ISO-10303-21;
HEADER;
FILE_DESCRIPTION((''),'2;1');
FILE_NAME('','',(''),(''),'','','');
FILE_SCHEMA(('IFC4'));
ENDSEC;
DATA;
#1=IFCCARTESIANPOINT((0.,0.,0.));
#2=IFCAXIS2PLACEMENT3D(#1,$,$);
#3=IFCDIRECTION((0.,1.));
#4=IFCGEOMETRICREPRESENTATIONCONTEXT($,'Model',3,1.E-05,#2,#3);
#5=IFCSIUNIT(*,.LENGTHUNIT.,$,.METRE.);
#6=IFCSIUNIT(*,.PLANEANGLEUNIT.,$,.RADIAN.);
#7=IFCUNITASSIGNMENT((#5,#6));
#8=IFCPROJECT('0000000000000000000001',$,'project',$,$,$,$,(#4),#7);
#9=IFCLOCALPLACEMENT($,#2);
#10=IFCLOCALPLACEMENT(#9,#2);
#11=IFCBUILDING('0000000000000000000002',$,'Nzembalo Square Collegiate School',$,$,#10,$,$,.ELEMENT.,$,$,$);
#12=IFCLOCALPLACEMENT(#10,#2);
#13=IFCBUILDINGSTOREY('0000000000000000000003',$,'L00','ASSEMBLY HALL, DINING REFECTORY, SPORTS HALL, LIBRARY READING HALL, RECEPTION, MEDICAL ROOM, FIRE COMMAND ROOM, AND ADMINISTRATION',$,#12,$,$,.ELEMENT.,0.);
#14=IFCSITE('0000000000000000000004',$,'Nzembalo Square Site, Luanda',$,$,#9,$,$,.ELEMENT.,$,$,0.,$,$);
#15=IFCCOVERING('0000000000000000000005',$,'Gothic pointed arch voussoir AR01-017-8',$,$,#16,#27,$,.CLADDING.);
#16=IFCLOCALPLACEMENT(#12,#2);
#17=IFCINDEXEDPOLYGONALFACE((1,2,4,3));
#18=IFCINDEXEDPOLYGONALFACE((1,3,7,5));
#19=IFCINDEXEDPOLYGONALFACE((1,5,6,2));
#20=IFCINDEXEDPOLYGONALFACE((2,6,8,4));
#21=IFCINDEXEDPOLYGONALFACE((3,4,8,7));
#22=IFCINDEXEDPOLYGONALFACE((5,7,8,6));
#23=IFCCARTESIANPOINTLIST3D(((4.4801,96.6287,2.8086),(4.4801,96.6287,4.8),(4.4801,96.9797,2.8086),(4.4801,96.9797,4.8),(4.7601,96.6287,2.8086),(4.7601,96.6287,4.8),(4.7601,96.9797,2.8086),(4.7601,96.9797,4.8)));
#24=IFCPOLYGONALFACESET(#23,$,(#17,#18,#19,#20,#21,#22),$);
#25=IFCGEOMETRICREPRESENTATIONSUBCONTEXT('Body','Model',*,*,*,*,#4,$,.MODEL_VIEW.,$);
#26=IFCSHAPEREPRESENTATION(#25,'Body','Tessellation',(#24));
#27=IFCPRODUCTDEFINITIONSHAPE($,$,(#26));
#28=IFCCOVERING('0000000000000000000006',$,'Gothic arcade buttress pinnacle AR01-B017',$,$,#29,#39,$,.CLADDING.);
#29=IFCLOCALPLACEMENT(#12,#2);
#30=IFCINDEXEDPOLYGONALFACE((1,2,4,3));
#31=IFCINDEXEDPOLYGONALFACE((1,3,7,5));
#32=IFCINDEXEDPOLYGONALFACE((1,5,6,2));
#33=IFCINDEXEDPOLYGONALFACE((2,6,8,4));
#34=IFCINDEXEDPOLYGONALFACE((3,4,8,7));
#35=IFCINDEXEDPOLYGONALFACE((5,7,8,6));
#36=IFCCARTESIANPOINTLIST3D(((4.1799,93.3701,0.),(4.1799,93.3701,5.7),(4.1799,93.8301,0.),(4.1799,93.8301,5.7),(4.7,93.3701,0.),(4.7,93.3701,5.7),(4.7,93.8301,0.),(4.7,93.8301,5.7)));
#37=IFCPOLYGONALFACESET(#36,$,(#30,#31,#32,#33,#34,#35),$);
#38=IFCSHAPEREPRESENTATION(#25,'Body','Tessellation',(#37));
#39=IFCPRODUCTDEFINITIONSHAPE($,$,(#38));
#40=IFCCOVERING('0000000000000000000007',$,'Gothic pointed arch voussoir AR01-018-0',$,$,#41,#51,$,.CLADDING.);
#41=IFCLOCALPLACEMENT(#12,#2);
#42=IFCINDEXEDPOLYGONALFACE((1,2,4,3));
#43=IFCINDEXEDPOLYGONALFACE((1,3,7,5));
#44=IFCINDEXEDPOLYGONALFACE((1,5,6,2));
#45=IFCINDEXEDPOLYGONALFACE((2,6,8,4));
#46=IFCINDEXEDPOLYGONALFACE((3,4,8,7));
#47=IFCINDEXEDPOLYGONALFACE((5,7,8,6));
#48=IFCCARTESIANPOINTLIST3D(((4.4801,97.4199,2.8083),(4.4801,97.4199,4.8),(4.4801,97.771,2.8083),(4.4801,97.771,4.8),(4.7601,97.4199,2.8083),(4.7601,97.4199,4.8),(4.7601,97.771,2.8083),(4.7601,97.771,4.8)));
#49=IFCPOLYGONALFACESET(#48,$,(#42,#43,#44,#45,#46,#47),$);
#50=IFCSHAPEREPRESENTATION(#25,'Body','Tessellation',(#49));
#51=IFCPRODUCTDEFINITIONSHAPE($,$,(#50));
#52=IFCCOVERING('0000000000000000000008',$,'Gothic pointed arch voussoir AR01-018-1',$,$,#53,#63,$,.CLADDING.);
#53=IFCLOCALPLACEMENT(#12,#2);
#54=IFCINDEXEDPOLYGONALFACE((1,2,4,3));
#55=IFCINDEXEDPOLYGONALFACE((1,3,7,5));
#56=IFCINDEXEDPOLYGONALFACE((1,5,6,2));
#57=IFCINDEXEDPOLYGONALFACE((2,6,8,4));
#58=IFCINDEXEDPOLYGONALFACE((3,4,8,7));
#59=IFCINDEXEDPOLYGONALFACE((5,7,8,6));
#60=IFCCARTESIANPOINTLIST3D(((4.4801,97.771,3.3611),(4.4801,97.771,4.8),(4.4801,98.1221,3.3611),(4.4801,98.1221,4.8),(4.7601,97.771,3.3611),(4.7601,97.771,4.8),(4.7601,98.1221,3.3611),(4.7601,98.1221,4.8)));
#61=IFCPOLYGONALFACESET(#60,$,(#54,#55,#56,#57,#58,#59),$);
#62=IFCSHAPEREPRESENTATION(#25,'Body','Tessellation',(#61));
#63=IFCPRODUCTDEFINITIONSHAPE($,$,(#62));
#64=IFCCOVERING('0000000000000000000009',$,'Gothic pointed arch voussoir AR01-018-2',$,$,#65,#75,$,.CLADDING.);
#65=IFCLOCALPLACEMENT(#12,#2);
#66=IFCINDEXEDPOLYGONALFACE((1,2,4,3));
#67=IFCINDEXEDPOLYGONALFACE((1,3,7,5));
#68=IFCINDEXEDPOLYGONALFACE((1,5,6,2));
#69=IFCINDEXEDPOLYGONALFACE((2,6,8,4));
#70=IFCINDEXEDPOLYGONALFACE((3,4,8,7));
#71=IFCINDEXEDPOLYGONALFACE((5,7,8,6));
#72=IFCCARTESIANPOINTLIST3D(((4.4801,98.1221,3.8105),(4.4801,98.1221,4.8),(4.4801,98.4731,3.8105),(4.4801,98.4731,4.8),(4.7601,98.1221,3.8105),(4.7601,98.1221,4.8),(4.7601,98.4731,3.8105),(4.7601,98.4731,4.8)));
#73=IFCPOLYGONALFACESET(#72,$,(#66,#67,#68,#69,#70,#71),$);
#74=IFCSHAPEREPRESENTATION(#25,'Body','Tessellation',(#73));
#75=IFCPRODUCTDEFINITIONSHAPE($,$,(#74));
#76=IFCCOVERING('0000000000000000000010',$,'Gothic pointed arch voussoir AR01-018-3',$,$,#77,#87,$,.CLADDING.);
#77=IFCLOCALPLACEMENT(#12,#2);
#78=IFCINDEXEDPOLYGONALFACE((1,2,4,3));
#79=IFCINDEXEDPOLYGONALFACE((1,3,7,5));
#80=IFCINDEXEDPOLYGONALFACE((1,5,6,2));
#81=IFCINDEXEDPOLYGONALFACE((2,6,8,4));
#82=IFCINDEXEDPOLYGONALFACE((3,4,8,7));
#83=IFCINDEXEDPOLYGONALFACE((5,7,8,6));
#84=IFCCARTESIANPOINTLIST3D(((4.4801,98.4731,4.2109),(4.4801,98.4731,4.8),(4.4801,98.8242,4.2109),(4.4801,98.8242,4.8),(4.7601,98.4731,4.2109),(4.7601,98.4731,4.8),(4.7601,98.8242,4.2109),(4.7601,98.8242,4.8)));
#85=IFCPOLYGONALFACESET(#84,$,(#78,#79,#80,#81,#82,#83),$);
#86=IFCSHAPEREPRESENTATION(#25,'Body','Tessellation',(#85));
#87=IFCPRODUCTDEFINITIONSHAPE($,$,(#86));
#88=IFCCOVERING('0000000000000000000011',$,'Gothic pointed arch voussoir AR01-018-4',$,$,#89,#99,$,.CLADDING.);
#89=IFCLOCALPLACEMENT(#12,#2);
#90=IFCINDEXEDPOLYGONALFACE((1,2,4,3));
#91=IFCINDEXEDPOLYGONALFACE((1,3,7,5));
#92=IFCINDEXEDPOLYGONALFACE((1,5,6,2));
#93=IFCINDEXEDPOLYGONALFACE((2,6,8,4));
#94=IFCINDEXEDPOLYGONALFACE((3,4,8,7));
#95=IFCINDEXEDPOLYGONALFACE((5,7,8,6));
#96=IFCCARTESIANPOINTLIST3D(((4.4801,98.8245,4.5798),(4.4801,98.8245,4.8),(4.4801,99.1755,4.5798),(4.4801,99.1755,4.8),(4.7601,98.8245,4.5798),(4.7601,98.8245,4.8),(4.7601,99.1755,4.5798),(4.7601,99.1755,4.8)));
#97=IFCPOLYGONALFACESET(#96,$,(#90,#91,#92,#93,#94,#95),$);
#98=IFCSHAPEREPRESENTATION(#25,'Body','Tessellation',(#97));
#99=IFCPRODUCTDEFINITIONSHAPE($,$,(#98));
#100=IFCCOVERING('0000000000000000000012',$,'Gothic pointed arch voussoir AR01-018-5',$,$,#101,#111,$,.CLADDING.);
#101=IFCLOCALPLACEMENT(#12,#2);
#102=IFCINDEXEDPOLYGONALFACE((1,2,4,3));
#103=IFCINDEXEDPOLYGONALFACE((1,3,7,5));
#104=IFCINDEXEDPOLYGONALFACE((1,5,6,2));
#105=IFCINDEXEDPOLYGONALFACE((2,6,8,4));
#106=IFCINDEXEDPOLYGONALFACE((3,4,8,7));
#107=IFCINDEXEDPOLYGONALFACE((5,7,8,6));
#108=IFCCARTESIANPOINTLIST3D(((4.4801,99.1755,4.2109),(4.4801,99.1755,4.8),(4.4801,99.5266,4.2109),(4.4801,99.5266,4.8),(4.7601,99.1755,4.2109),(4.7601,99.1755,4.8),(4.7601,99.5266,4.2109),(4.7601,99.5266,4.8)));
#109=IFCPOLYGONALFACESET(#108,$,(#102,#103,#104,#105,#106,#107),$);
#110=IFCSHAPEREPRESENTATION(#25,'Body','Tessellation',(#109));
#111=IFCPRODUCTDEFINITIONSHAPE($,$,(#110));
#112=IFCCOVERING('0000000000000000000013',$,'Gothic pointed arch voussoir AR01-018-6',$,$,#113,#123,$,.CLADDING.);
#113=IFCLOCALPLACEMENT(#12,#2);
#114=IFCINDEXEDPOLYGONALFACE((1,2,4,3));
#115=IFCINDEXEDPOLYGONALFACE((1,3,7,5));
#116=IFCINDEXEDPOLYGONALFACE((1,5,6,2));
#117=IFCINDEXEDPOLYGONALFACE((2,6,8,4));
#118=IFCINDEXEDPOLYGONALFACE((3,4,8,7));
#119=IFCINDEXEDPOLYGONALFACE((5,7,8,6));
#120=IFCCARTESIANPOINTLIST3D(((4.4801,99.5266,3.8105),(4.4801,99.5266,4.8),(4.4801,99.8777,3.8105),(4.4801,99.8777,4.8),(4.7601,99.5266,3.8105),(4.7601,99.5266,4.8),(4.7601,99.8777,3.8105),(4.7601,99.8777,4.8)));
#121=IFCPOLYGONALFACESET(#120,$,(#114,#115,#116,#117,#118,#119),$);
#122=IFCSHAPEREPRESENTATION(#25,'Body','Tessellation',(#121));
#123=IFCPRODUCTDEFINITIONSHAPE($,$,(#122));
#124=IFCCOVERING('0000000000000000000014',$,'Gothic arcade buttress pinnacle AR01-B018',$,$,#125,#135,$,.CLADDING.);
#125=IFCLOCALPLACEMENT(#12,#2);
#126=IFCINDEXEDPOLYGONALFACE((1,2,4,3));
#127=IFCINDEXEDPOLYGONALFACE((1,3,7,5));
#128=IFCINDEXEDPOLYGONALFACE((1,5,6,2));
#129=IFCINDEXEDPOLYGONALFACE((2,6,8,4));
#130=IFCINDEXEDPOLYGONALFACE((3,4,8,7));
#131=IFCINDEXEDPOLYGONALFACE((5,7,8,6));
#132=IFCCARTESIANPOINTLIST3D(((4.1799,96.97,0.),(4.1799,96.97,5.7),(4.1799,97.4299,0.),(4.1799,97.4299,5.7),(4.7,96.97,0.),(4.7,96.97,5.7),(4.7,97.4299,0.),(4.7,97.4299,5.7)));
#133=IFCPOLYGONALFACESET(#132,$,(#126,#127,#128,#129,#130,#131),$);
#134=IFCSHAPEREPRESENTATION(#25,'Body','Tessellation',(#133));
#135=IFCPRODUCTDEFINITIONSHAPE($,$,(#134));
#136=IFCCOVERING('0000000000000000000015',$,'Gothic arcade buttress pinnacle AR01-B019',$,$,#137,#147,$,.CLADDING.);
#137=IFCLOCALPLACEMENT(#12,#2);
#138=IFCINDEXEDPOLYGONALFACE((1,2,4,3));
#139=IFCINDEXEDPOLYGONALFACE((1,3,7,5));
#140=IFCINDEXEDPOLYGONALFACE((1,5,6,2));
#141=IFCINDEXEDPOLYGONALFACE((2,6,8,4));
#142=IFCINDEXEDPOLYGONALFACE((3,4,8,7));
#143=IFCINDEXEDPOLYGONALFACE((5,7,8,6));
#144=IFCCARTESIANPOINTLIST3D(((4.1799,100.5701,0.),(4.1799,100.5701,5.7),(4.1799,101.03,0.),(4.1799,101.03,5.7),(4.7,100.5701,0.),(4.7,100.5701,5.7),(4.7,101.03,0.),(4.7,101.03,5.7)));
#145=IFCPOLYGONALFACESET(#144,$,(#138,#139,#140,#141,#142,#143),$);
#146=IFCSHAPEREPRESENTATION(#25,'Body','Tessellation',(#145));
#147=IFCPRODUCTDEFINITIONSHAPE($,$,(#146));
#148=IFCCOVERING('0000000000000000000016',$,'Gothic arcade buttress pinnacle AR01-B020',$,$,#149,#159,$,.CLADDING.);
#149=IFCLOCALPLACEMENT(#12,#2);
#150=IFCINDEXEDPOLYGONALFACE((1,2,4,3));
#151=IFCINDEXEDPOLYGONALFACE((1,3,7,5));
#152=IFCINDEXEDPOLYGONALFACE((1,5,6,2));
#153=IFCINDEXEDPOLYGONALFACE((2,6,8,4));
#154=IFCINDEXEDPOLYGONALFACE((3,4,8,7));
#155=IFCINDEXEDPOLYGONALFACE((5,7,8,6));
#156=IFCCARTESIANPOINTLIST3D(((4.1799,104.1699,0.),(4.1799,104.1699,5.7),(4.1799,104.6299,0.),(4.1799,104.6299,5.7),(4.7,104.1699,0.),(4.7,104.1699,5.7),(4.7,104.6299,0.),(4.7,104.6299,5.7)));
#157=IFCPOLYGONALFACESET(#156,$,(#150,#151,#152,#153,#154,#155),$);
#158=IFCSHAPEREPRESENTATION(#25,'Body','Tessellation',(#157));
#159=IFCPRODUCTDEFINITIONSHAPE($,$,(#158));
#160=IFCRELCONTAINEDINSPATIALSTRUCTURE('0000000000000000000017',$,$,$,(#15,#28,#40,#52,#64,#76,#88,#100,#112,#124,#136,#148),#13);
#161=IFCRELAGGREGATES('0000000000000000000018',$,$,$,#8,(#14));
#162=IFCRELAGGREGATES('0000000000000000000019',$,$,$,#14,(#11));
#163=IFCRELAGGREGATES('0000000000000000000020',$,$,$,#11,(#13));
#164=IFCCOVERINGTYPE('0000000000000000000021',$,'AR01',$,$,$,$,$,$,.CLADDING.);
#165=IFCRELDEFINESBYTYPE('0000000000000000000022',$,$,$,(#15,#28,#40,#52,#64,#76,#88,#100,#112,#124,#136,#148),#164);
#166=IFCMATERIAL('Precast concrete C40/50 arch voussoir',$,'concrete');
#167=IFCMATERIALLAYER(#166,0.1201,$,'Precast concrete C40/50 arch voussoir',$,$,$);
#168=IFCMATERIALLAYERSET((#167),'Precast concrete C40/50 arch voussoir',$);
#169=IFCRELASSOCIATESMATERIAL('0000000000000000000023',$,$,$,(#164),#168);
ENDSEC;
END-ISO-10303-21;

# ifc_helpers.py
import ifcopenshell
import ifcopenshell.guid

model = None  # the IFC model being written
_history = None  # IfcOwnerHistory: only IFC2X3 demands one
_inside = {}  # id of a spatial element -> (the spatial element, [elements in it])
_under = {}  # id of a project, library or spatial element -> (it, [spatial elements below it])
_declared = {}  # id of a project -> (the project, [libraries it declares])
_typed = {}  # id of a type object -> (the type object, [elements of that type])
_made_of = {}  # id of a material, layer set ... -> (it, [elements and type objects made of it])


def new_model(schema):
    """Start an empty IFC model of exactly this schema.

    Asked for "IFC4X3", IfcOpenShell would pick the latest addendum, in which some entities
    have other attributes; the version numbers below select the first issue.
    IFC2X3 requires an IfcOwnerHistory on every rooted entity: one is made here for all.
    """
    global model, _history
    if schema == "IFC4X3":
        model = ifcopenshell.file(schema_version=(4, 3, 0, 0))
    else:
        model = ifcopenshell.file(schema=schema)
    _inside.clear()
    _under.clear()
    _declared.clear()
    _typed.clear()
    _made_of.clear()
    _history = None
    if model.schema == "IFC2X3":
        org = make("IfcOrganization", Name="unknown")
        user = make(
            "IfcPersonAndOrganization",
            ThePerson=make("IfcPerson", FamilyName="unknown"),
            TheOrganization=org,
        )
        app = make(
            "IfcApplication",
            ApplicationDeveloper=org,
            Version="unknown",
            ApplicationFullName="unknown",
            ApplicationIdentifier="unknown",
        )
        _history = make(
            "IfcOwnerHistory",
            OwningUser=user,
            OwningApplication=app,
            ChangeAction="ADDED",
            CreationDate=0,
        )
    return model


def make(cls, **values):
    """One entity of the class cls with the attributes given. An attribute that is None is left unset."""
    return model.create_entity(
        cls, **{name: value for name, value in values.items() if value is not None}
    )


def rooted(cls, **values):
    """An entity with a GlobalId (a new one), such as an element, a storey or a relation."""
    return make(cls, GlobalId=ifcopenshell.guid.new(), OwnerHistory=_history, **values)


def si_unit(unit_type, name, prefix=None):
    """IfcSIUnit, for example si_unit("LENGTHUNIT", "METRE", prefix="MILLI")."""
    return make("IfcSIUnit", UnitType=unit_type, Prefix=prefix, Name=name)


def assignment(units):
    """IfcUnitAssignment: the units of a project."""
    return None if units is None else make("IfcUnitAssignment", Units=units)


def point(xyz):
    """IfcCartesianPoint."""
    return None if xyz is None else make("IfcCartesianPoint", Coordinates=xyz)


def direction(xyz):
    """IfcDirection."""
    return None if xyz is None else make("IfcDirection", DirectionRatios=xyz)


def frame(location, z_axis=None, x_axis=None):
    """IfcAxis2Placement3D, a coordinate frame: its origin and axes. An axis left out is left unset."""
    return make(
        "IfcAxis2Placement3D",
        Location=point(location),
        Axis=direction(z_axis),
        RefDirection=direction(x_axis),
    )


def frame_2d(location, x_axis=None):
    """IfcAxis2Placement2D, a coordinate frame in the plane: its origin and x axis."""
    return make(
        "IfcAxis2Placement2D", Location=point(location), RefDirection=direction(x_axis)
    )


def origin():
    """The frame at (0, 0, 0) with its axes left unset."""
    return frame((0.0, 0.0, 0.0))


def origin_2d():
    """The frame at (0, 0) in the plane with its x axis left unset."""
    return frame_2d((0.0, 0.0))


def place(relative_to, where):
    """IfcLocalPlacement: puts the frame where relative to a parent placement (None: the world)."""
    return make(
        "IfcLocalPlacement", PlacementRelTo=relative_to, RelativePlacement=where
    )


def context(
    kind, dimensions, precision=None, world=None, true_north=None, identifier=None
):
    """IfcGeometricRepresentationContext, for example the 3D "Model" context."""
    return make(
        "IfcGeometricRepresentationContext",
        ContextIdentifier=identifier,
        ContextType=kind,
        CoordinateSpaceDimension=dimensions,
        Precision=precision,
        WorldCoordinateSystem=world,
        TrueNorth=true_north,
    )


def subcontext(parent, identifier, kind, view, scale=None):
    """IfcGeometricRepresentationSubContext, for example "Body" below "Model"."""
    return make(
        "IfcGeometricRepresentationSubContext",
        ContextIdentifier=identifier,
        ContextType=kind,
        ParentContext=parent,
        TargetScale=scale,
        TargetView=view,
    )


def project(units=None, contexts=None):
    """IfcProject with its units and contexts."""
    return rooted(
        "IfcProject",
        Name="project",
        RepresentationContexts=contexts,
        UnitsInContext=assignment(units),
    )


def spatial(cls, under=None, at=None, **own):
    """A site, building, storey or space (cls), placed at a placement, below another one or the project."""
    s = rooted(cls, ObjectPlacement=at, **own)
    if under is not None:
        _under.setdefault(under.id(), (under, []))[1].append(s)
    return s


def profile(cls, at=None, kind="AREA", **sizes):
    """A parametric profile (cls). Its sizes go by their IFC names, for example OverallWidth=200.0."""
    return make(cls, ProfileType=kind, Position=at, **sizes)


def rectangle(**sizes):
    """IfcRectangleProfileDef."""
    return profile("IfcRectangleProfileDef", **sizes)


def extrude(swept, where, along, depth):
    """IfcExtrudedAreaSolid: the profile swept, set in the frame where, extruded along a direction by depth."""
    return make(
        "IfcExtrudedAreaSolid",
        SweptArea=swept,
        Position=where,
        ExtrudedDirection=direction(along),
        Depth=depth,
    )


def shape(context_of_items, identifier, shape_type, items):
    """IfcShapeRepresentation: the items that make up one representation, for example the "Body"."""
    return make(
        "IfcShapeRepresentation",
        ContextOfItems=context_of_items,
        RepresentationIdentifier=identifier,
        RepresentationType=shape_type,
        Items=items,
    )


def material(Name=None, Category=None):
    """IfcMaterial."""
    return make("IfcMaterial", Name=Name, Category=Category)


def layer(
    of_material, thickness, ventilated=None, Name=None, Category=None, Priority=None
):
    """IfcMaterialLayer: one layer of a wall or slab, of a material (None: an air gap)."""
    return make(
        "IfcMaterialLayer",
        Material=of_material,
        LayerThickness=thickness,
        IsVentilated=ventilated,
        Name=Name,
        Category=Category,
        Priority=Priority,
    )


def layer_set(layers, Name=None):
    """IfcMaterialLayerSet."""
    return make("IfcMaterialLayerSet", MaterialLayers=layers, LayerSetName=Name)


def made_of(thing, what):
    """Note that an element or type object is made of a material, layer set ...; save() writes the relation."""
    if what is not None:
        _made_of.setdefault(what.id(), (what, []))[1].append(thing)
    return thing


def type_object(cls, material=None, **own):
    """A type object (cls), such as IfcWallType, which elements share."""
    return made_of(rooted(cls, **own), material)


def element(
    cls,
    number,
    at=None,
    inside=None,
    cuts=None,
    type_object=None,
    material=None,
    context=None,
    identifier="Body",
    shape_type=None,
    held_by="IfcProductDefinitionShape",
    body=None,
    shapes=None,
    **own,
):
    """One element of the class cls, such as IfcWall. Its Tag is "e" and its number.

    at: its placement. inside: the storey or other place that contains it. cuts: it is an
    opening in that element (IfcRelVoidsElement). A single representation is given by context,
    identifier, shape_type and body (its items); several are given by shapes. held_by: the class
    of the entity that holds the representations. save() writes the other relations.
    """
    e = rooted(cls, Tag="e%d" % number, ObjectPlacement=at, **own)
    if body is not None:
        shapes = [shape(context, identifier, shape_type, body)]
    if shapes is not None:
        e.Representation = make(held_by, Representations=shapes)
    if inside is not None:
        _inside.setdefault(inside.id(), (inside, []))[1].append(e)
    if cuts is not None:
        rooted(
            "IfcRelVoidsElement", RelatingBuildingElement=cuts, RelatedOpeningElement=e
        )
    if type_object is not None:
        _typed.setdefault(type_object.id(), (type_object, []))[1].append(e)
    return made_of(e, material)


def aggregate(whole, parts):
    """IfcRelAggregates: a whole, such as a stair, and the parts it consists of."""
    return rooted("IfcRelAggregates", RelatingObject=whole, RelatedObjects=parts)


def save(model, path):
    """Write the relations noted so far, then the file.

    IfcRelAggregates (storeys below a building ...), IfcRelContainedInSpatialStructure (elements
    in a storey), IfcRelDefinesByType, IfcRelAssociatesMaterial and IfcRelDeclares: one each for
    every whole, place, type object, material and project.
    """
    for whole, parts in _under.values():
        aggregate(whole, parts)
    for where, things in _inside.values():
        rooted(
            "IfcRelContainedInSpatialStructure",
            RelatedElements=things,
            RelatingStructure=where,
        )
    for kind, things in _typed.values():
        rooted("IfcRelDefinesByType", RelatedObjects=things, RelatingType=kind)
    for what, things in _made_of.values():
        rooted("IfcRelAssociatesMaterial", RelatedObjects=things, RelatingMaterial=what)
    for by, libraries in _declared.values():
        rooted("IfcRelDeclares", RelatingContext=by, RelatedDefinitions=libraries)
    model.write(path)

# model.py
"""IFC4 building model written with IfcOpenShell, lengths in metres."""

from ifc_helpers import new_model, si_unit, direction, frame, origin, origin_2d, place, context, subcontext, project, spatial, rectangle, extrude, material, layer, layer_set, type_object, element, save


model = new_model("IFC4")

# Units and contexts
model_context = context("Model", 3, precision=1e-05, world=origin(), true_north=direction((0.0, 1.0)))
body_context = subcontext(model_context, "Body", "Model", "MODEL_VIEW")
ifc_project = project(units=[si_unit("LENGTHUNIT", "METRE"), si_unit("PLANEANGLEUNIT", "RADIAN")], contexts=[model_context])

# Site, building, storey
site_placement = place(None, origin())
site = spatial("IfcSite", under=ifc_project, at=site_placement, Name="Nzembalo Square Site, Luanda", CompositionType="ELEMENT", RefElevation=0.0)
building_placement = place(site_placement, origin())
building = spatial("IfcBuilding", under=site, at=building_placement, Name="Nzembalo Square Collegiate School", CompositionType="ELEMENT")
storey_placement = place(building_placement, origin())
storey = spatial("IfcBuildingStorey", under=building, at=storey_placement, Name="L00", Description="ASSEMBLY HALL, DINING REFECTORY, SPORTS HALL, LIBRARY READING HALL, RECEPTION, MEDICAL ROOM, FIRE COMMAND ROOM, AND ADMINISTRATION", CompositionType="ELEMENT", Elevation=0.0)

# Coverings
ifc_material_1 = material(Name="Precast concrete C40/50 arch voussoir", Category="concrete")
ifc_layer_1 = layer(ifc_material_1, 0.1201, Name="Precast concrete C40/50 arch voussoir")
ifc_layer_set_1 = layer_set([ifc_layer_1], Name="Precast concrete C40/50 arch voussoir")
covering_type = type_object("IfcCoveringType", Name="AR01", PredefinedType="CLADDING", material=ifc_layer_set_1)
covering_1_placement = place(storey_placement, frame((4.6201, 96.8042, 2.8086), z_axis=(0.0, 0.0, 1.0), x_axis=(1.0, 0.0, 0.0)))
element("IfcCovering", 1, at=covering_1_placement, inside=storey, type_object=covering_type, Name="Gothic pointed arch voussoir AR01-017-8", PredefinedType="CLADDING", context=body_context, shape_type="SweptSolid", body=[
    extrude(rectangle(XDim=0.28, YDim=0.3511, at=origin_2d()), origin(), (0.0, 0.0, 1.0), 1.9915),
])
covering_2_placement = place(storey_placement, frame((4.4399, 93.6001, 0.0), z_axis=(0.0, 0.0, 1.0), x_axis=(1.0, 0.0, 0.0)))
element("IfcCovering", 2, at=covering_2_placement, inside=storey, type_object=covering_type, Name="Gothic arcade buttress pinnacle AR01-B017", PredefinedType="CLADDING", context=body_context, shape_type="SweptSolid", body=[
    extrude(rectangle(XDim=0.52, YDim=0.46, at=origin_2d()), origin(), (0.0, 0.0, 1.0), 5.7),
])
covering_3_placement = place(storey_placement, frame((4.6201, 97.5955, 2.8083), z_axis=(0.0, 0.0, 1.0), x_axis=(1.0, 0.0, 0.0)))
element("IfcCovering", 3, at=covering_3_placement, inside=storey, type_object=covering_type, Name="Gothic pointed arch voussoir AR01-018-0", PredefinedType="CLADDING", context=body_context, shape_type="SweptSolid", body=[
    extrude(rectangle(XDim=0.28, YDim=0.3511, at=origin_2d()), origin(), (0.0, 0.0, 1.0), 1.9917),
])
covering_4_placement = place(storey_placement, frame((4.6201, 97.9465, 3.3611), z_axis=(0.0, 0.0, 1.0), x_axis=(1.0, 0.0, 0.0)))
element("IfcCovering", 4, at=covering_4_placement, inside=storey, type_object=covering_type, Name="Gothic pointed arch voussoir AR01-018-1", PredefinedType="CLADDING", context=body_context, shape_type="SweptSolid", body=[
    extrude(rectangle(XDim=0.28, YDim=0.3511, at=origin_2d()), origin(), (0.0, 0.0, 1.0), 1.439),
])
covering_5_placement = place(storey_placement, frame((4.6201, 98.2976, 3.8105), z_axis=(0.0, 0.0, 1.0), x_axis=(1.0, 0.0, 0.0)))
element("IfcCovering", 5, at=covering_5_placement, inside=storey, type_object=covering_type, Name="Gothic pointed arch voussoir AR01-018-2", PredefinedType="CLADDING", context=body_context, shape_type="SweptSolid", body=[
    extrude(rectangle(XDim=0.28, YDim=0.3511, at=origin_2d()), origin(), (0.0, 0.0, 1.0), 0.9895),
])
covering_6_placement = place(storey_placement, frame((4.6201, 98.6487, 4.2109), z_axis=(0.0, 0.0, 1.0), x_axis=(1.0, 0.0, 0.0)))
element("IfcCovering", 6, at=covering_6_placement, inside=storey, type_object=covering_type, Name="Gothic pointed arch voussoir AR01-018-3", PredefinedType="CLADDING", context=body_context, shape_type="SweptSolid", body=[
    extrude(rectangle(XDim=0.28, YDim=0.3511, at=origin_2d()), origin(), (0.0, 0.0, 1.0), 0.5891),
])
covering_7_placement = place(storey_placement, frame((4.6201, 99.0, 4.5798), z_axis=(0.0, 0.0, 1.0), x_axis=(1.0, 0.0, 0.0)))
element("IfcCovering", 7, at=covering_7_placement, inside=storey, type_object=covering_type, Name="Gothic pointed arch voussoir AR01-018-4", PredefinedType="CLADDING", context=body_context, shape_type="SweptSolid", body=[
    extrude(rectangle(XDim=0.28, YDim=0.3511, at=origin_2d()), origin(), (0.0, 0.0, 1.0), 0.2202),
])
covering_8_placement = place(storey_placement, frame((4.6201, 99.3511, 4.2109), z_axis=(0.0, 0.0, 1.0), x_axis=(1.0, 0.0, 0.0)))
element("IfcCovering", 8, at=covering_8_placement, inside=storey, type_object=covering_type, Name="Gothic pointed arch voussoir AR01-018-5", PredefinedType="CLADDING", context=body_context, shape_type="SweptSolid", body=[
    extrude(rectangle(XDim=0.28, YDim=0.3511, at=origin_2d()), origin(), (0.0, 0.0, 1.0), 0.5891),
])
covering_9_placement = place(storey_placement, frame((4.6201, 99.7021, 3.8105), z_axis=(0.0, 0.0, 1.0), x_axis=(1.0, 0.0, 0.0)))
element("IfcCovering", 9, at=covering_9_placement, inside=storey, type_object=covering_type, Name="Gothic pointed arch voussoir AR01-018-6", PredefinedType="CLADDING", context=body_context, shape_type="SweptSolid", body=[
    extrude(rectangle(XDim=0.28, YDim=0.3511, at=origin_2d()), origin(), (0.0, 0.0, 1.0), 0.9895),
])
for number, where, z_axis, x_axis, name in (
    (10, (4.4399, 97.2, 0.0), (0.0, 0.0, 1.0), (1.0, 0.0, 0.0), "Gothic arcade buttress pinnacle AR01-B018"),
    (11, (4.4399, 100.8, 0.0), (0.0, 0.0, 1.0), (1.0, 0.0, 0.0), "Gothic arcade buttress pinnacle AR01-B019"),
    (12, (4.4399, 104.3999, 0.0), (0.0, 0.0, 1.0), (1.0, 0.0, 0.0), "Gothic arcade buttress pinnacle AR01-B020"),
):
    element("IfcCovering", number, at=place(storey_placement, frame(where, z_axis=z_axis, x_axis=x_axis)), inside=storey, type_object=covering_type, Name=name, PredefinedType="CLADDING", context=body_context, shape_type="SweptSolid", body=[
        extrude(rectangle(XDim=0.52, YDim=0.46, at=origin_2d()), origin(), (0.0, 0.0, 1.0), 5.7),
    ])

save(model, "model.ifc")
